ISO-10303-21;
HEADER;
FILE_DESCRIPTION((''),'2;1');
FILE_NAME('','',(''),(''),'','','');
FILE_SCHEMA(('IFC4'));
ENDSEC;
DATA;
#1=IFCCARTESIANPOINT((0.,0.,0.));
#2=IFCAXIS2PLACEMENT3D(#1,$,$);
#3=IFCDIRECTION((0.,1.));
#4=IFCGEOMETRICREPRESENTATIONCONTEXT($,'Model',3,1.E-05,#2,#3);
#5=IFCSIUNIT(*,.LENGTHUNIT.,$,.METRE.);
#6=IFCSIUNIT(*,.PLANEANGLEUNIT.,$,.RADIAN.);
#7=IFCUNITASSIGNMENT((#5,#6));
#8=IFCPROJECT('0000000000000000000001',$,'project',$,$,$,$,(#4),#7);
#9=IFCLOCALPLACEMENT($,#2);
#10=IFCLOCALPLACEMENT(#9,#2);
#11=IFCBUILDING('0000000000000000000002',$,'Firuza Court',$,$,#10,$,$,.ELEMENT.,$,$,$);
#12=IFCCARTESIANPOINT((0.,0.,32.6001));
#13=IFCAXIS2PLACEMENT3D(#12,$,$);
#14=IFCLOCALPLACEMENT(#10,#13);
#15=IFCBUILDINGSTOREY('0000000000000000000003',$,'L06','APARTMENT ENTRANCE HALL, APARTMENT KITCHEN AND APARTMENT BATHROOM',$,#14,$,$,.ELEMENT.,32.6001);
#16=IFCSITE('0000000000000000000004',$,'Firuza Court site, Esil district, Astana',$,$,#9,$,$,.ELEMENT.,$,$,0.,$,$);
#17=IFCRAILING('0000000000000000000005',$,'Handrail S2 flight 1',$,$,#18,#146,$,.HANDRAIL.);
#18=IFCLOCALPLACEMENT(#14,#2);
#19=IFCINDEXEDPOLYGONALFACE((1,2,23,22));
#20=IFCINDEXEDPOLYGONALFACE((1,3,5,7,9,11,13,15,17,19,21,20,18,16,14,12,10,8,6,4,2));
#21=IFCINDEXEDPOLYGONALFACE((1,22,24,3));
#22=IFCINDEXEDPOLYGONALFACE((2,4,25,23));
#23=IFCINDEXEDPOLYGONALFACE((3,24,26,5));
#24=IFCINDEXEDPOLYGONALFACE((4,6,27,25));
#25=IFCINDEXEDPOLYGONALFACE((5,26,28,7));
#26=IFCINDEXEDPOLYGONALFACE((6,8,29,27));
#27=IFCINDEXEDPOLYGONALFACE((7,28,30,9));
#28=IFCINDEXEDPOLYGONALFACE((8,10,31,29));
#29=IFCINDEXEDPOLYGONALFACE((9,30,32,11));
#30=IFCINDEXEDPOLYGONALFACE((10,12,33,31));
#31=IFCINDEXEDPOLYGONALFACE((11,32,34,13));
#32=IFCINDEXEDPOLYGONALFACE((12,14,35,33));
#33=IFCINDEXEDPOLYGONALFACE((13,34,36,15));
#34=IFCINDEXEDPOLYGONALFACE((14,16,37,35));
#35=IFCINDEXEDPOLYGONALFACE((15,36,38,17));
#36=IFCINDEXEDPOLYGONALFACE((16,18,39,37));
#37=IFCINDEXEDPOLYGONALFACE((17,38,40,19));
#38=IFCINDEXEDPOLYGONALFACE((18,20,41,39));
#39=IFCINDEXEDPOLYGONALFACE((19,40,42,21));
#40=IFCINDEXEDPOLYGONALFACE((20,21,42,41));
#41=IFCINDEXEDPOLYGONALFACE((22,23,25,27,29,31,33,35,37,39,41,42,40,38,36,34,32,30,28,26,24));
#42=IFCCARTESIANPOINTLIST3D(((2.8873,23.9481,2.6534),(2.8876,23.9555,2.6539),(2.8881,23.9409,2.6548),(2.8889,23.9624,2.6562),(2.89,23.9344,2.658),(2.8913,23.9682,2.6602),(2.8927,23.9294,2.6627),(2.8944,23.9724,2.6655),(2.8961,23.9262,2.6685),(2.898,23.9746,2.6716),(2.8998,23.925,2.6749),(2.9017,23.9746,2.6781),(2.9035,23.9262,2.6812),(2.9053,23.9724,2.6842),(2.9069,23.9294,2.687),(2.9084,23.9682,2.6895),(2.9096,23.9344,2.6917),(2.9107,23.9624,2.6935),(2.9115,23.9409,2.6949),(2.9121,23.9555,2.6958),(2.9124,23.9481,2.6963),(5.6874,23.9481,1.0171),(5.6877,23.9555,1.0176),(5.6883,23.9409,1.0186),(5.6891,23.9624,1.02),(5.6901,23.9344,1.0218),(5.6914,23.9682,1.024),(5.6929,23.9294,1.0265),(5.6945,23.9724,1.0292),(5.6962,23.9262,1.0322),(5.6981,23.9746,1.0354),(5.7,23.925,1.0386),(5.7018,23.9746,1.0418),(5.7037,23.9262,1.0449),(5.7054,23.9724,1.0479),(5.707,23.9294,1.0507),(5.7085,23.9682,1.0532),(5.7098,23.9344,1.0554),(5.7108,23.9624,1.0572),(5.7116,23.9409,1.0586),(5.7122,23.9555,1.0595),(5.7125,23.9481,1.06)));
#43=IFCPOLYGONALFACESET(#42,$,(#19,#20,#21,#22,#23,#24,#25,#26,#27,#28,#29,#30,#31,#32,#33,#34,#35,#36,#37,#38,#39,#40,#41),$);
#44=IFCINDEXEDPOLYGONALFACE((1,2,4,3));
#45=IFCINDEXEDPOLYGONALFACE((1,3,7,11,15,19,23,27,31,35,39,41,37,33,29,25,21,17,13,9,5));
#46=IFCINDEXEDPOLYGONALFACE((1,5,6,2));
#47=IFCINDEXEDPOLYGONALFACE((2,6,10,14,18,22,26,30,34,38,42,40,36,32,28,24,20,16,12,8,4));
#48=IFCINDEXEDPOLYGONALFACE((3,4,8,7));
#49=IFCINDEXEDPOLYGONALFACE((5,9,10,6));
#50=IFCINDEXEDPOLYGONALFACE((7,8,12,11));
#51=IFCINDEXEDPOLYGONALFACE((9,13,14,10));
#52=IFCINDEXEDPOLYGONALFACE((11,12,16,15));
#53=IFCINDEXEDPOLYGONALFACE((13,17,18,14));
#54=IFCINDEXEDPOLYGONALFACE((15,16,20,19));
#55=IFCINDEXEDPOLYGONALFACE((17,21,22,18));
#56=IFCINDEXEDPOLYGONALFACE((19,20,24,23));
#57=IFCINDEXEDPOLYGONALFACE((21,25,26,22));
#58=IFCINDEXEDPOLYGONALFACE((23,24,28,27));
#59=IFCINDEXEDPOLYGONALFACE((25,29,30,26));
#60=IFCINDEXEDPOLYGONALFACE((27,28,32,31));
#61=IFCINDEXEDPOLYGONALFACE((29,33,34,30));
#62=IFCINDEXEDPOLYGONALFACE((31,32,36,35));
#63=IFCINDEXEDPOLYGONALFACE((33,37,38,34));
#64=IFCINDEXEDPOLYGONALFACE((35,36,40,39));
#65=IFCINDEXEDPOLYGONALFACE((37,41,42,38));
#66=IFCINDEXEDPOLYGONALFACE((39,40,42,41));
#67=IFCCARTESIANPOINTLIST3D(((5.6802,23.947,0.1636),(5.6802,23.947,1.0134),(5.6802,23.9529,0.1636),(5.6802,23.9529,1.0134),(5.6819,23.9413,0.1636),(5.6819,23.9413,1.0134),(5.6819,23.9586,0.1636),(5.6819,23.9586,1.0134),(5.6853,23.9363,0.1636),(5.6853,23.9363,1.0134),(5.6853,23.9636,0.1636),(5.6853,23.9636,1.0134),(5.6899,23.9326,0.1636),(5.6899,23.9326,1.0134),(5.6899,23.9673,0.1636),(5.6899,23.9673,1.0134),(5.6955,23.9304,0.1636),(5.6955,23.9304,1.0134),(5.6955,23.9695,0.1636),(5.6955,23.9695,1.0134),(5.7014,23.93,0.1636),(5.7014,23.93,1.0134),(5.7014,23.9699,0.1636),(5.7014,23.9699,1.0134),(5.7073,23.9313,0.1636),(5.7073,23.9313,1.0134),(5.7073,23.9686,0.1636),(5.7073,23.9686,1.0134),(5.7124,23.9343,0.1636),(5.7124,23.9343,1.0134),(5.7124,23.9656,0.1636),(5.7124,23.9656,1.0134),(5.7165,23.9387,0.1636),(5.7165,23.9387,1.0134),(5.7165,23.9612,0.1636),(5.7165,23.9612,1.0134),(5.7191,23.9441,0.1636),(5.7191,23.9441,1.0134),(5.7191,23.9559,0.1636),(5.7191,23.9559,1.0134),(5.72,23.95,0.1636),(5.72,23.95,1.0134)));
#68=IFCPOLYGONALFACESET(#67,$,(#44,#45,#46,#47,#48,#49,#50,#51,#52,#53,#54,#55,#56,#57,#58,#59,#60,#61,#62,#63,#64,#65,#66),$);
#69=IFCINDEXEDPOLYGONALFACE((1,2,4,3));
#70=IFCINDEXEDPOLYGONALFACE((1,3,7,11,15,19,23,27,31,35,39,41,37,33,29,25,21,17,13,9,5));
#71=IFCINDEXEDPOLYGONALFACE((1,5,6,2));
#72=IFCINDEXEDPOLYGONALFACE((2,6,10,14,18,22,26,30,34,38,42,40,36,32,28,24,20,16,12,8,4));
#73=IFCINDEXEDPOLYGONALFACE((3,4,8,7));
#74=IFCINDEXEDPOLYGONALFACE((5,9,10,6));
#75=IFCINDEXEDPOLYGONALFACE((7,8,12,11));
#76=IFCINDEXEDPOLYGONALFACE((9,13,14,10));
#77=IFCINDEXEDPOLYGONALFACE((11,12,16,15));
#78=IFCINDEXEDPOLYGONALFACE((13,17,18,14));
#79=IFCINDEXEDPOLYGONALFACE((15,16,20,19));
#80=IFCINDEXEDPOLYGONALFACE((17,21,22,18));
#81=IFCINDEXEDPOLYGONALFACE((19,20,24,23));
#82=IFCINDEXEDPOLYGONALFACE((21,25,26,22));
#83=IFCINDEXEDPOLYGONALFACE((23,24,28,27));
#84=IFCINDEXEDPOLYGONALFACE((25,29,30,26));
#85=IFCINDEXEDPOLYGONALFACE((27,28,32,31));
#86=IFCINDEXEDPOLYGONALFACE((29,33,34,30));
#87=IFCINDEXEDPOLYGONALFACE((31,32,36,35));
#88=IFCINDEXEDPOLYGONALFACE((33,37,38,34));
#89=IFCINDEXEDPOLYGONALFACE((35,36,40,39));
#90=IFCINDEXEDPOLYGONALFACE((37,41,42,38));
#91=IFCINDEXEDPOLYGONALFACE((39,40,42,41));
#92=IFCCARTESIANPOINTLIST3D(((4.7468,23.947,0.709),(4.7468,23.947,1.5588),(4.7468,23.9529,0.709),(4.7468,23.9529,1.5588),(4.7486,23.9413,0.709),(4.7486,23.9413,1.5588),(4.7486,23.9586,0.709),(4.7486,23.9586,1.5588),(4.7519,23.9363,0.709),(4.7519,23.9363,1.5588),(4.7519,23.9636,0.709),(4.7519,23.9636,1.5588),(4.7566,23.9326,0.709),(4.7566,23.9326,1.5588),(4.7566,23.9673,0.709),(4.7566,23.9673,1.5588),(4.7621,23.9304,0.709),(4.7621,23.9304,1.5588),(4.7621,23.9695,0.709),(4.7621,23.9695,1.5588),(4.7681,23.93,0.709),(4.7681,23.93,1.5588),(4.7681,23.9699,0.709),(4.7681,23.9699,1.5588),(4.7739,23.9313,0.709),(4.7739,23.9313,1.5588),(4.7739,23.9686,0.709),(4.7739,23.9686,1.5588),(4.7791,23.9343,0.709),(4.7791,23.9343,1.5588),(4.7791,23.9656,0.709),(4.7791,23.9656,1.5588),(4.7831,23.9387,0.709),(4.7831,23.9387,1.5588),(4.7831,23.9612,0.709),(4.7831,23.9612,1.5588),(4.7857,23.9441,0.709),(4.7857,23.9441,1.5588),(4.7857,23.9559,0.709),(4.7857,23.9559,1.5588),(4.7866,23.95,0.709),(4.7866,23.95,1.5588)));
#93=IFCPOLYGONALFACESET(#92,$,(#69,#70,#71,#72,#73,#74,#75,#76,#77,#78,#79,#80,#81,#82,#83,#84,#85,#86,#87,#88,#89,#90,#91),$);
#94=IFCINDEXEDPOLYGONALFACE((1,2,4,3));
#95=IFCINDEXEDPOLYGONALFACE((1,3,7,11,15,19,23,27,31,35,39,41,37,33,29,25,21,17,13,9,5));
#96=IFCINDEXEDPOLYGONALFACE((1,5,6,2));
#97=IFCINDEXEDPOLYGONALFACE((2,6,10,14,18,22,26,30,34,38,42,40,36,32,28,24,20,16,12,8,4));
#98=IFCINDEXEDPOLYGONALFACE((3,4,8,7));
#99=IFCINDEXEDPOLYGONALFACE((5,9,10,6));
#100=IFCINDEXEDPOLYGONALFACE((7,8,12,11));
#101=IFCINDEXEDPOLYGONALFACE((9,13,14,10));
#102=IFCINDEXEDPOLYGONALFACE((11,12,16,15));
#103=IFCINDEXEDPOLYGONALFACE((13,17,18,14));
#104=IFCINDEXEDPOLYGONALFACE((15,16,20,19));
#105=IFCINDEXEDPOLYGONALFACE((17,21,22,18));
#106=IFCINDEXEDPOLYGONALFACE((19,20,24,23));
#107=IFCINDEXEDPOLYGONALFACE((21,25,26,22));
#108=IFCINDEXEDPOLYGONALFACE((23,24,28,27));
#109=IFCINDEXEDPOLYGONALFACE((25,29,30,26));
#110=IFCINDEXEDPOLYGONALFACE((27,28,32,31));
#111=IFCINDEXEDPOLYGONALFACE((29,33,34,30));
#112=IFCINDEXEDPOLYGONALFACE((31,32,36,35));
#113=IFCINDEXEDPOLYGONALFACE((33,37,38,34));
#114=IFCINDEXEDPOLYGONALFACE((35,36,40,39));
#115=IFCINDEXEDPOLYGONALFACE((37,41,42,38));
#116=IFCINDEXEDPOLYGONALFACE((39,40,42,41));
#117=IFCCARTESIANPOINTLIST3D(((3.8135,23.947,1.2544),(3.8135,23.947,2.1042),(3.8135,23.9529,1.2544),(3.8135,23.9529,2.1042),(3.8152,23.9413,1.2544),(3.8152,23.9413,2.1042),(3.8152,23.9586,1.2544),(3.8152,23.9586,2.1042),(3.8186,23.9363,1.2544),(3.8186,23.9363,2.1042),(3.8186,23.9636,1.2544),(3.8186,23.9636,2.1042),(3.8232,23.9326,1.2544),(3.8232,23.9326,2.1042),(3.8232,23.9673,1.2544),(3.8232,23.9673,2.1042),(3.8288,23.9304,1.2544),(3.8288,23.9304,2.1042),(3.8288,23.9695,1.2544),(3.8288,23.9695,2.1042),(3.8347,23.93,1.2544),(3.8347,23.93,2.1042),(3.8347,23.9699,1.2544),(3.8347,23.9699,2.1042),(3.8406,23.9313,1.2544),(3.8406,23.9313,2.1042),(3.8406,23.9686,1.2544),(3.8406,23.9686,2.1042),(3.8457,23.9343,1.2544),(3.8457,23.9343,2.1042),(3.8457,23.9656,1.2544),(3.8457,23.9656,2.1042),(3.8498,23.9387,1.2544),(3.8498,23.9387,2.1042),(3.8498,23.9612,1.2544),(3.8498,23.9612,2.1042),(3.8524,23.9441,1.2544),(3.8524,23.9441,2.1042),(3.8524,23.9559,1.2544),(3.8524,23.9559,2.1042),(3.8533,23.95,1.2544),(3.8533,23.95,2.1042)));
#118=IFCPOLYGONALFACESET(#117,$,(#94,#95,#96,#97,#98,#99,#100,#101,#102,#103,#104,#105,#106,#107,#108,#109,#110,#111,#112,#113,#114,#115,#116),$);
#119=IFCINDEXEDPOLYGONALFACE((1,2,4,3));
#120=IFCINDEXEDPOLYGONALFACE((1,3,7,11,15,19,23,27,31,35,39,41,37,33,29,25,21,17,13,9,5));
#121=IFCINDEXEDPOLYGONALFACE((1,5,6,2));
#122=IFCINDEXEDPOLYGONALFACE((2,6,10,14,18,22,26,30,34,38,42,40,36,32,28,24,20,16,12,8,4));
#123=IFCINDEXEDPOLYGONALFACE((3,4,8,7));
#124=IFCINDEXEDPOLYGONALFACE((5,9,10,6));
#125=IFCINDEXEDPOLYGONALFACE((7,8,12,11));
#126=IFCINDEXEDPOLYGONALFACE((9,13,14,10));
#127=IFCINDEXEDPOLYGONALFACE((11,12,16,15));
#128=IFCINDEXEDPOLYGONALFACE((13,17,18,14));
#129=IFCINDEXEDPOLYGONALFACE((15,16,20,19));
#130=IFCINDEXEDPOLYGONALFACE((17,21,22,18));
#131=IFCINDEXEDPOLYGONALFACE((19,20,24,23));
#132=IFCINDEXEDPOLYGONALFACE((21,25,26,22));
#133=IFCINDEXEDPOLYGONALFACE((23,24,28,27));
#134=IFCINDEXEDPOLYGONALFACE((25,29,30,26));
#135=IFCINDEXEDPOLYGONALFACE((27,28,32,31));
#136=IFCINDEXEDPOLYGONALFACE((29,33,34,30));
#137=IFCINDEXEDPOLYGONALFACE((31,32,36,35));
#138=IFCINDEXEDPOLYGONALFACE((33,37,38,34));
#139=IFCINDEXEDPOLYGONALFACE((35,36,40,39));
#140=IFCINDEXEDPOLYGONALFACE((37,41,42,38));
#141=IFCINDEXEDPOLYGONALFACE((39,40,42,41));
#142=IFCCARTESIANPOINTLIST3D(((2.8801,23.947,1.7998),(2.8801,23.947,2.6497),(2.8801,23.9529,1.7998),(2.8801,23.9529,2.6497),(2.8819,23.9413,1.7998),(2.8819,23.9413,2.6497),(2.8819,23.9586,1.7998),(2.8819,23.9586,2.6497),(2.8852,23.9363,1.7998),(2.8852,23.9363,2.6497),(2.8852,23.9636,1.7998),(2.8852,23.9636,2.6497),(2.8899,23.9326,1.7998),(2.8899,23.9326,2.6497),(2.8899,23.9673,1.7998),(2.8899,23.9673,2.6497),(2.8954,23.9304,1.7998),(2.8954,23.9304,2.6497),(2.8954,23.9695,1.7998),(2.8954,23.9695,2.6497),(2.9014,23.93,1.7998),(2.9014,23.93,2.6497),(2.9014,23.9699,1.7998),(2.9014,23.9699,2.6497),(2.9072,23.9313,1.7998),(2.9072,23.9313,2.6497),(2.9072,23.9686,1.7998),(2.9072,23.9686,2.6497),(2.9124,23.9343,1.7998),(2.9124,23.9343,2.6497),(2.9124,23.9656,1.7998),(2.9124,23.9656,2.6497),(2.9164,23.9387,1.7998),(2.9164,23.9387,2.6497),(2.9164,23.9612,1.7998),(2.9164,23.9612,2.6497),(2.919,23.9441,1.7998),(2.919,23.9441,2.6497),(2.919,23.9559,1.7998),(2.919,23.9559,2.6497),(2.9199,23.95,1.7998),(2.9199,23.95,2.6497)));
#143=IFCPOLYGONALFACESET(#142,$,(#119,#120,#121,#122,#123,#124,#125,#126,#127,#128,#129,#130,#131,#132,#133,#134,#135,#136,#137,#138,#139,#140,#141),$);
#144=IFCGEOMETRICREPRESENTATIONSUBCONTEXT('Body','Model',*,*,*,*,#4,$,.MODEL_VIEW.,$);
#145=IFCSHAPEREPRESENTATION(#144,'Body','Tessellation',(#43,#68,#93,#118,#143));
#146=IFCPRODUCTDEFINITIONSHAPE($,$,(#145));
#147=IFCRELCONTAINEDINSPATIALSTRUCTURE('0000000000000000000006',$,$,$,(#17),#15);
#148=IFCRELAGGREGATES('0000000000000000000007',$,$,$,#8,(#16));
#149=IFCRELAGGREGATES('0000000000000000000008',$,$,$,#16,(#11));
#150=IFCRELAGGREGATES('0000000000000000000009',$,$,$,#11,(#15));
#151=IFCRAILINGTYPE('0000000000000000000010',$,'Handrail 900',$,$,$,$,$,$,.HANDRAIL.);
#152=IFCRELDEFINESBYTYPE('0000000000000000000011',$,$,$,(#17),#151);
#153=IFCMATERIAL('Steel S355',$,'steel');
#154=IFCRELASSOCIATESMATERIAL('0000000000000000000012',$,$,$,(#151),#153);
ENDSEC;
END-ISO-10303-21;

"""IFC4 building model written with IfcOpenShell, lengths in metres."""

from ifc_helpers import new_model, si_unit, direction, frame, origin, origin_2d, place, context, subcontext, project, spatial, circle, extrude, material, type_object, element, save


model = new_model("IFC4")

# Units and contexts
model_context = context("Model", 3, precision=1e-05, world=origin(), true_north=direction((0.0, 1.0)))
body_context = subcontext(model_context, "Body", "Model", "MODEL_VIEW")
ifc_project = project(units=[si_unit("LENGTHUNIT", "METRE"), si_unit("PLANEANGLEUNIT", "RADIAN")], contexts=[model_context])

# Site, building, storey
site_placement = place(None, origin())
site = spatial("IfcSite", under=ifc_project, at=site_placement, Name="Firuza Court site, Esil district, Astana", CompositionType="ELEMENT", RefElevation=0.0)
building_placement = place(site_placement, origin())
building = spatial("IfcBuilding", under=site, at=building_placement, Name="Firuza Court", CompositionType="ELEMENT")
storey_placement = place(building_placement, frame((0.0, 0.0, 32.6001)))
storey = spatial("IfcBuildingStorey", under=building, at=storey_placement, Name="L06", Description="APARTMENT ENTRANCE HALL, APARTMENT KITCHEN AND APARTMENT BATHROOM", CompositionType="ELEMENT", Elevation=32.6001)

# Railing
ifc_material_1 = material(Name="Steel S355", Category="steel")
railing_type_1 = type_object("IfcRailingType", Name="Handrail 900", PredefinedType="HANDRAIL", material=ifc_material_1)
railing_1_placement = place(storey_placement, frame((5.7, 23.95, 0.1636)))
element("IfcRailing", 1, at=railing_1_placement, inside=storey, type_object=railing_type_1, Name="Handrail S2 flight 1", PredefinedType="HANDRAIL", context=body_context, shape_type="SweptSolid", body=[
    extrude(circle(Radius=0.0249, at=origin_2d()), frame((0.0, 0.0, 0.875), z_axis=(-0.863394, 0.0, 0.504531), x_axis=(0.0, -1.0, 0.0)), (0.0, 0.0, 1.0), 3.2432),
    extrude(circle(Radius=0.02, at=origin_2d()), origin(), (0.0, 0.0, 1.0), 0.8499),
    extrude(circle(Radius=0.02, at=origin_2d()), frame((-0.9333, 0.0, 0.5454)), (0.0, 0.0, 1.0), 0.8499),
    extrude(circle(Radius=0.02, at=origin_2d()), frame((-1.8667, 0.0, 1.0908)), (0.0, 0.0, 1.0), 0.8499),
    extrude(circle(Radius=0.02, at=origin_2d()), frame((-2.8, 0.0, 1.6362)), (0.0, 0.0, 1.0), 0.8499),
])

save(model, "model.ifc")
